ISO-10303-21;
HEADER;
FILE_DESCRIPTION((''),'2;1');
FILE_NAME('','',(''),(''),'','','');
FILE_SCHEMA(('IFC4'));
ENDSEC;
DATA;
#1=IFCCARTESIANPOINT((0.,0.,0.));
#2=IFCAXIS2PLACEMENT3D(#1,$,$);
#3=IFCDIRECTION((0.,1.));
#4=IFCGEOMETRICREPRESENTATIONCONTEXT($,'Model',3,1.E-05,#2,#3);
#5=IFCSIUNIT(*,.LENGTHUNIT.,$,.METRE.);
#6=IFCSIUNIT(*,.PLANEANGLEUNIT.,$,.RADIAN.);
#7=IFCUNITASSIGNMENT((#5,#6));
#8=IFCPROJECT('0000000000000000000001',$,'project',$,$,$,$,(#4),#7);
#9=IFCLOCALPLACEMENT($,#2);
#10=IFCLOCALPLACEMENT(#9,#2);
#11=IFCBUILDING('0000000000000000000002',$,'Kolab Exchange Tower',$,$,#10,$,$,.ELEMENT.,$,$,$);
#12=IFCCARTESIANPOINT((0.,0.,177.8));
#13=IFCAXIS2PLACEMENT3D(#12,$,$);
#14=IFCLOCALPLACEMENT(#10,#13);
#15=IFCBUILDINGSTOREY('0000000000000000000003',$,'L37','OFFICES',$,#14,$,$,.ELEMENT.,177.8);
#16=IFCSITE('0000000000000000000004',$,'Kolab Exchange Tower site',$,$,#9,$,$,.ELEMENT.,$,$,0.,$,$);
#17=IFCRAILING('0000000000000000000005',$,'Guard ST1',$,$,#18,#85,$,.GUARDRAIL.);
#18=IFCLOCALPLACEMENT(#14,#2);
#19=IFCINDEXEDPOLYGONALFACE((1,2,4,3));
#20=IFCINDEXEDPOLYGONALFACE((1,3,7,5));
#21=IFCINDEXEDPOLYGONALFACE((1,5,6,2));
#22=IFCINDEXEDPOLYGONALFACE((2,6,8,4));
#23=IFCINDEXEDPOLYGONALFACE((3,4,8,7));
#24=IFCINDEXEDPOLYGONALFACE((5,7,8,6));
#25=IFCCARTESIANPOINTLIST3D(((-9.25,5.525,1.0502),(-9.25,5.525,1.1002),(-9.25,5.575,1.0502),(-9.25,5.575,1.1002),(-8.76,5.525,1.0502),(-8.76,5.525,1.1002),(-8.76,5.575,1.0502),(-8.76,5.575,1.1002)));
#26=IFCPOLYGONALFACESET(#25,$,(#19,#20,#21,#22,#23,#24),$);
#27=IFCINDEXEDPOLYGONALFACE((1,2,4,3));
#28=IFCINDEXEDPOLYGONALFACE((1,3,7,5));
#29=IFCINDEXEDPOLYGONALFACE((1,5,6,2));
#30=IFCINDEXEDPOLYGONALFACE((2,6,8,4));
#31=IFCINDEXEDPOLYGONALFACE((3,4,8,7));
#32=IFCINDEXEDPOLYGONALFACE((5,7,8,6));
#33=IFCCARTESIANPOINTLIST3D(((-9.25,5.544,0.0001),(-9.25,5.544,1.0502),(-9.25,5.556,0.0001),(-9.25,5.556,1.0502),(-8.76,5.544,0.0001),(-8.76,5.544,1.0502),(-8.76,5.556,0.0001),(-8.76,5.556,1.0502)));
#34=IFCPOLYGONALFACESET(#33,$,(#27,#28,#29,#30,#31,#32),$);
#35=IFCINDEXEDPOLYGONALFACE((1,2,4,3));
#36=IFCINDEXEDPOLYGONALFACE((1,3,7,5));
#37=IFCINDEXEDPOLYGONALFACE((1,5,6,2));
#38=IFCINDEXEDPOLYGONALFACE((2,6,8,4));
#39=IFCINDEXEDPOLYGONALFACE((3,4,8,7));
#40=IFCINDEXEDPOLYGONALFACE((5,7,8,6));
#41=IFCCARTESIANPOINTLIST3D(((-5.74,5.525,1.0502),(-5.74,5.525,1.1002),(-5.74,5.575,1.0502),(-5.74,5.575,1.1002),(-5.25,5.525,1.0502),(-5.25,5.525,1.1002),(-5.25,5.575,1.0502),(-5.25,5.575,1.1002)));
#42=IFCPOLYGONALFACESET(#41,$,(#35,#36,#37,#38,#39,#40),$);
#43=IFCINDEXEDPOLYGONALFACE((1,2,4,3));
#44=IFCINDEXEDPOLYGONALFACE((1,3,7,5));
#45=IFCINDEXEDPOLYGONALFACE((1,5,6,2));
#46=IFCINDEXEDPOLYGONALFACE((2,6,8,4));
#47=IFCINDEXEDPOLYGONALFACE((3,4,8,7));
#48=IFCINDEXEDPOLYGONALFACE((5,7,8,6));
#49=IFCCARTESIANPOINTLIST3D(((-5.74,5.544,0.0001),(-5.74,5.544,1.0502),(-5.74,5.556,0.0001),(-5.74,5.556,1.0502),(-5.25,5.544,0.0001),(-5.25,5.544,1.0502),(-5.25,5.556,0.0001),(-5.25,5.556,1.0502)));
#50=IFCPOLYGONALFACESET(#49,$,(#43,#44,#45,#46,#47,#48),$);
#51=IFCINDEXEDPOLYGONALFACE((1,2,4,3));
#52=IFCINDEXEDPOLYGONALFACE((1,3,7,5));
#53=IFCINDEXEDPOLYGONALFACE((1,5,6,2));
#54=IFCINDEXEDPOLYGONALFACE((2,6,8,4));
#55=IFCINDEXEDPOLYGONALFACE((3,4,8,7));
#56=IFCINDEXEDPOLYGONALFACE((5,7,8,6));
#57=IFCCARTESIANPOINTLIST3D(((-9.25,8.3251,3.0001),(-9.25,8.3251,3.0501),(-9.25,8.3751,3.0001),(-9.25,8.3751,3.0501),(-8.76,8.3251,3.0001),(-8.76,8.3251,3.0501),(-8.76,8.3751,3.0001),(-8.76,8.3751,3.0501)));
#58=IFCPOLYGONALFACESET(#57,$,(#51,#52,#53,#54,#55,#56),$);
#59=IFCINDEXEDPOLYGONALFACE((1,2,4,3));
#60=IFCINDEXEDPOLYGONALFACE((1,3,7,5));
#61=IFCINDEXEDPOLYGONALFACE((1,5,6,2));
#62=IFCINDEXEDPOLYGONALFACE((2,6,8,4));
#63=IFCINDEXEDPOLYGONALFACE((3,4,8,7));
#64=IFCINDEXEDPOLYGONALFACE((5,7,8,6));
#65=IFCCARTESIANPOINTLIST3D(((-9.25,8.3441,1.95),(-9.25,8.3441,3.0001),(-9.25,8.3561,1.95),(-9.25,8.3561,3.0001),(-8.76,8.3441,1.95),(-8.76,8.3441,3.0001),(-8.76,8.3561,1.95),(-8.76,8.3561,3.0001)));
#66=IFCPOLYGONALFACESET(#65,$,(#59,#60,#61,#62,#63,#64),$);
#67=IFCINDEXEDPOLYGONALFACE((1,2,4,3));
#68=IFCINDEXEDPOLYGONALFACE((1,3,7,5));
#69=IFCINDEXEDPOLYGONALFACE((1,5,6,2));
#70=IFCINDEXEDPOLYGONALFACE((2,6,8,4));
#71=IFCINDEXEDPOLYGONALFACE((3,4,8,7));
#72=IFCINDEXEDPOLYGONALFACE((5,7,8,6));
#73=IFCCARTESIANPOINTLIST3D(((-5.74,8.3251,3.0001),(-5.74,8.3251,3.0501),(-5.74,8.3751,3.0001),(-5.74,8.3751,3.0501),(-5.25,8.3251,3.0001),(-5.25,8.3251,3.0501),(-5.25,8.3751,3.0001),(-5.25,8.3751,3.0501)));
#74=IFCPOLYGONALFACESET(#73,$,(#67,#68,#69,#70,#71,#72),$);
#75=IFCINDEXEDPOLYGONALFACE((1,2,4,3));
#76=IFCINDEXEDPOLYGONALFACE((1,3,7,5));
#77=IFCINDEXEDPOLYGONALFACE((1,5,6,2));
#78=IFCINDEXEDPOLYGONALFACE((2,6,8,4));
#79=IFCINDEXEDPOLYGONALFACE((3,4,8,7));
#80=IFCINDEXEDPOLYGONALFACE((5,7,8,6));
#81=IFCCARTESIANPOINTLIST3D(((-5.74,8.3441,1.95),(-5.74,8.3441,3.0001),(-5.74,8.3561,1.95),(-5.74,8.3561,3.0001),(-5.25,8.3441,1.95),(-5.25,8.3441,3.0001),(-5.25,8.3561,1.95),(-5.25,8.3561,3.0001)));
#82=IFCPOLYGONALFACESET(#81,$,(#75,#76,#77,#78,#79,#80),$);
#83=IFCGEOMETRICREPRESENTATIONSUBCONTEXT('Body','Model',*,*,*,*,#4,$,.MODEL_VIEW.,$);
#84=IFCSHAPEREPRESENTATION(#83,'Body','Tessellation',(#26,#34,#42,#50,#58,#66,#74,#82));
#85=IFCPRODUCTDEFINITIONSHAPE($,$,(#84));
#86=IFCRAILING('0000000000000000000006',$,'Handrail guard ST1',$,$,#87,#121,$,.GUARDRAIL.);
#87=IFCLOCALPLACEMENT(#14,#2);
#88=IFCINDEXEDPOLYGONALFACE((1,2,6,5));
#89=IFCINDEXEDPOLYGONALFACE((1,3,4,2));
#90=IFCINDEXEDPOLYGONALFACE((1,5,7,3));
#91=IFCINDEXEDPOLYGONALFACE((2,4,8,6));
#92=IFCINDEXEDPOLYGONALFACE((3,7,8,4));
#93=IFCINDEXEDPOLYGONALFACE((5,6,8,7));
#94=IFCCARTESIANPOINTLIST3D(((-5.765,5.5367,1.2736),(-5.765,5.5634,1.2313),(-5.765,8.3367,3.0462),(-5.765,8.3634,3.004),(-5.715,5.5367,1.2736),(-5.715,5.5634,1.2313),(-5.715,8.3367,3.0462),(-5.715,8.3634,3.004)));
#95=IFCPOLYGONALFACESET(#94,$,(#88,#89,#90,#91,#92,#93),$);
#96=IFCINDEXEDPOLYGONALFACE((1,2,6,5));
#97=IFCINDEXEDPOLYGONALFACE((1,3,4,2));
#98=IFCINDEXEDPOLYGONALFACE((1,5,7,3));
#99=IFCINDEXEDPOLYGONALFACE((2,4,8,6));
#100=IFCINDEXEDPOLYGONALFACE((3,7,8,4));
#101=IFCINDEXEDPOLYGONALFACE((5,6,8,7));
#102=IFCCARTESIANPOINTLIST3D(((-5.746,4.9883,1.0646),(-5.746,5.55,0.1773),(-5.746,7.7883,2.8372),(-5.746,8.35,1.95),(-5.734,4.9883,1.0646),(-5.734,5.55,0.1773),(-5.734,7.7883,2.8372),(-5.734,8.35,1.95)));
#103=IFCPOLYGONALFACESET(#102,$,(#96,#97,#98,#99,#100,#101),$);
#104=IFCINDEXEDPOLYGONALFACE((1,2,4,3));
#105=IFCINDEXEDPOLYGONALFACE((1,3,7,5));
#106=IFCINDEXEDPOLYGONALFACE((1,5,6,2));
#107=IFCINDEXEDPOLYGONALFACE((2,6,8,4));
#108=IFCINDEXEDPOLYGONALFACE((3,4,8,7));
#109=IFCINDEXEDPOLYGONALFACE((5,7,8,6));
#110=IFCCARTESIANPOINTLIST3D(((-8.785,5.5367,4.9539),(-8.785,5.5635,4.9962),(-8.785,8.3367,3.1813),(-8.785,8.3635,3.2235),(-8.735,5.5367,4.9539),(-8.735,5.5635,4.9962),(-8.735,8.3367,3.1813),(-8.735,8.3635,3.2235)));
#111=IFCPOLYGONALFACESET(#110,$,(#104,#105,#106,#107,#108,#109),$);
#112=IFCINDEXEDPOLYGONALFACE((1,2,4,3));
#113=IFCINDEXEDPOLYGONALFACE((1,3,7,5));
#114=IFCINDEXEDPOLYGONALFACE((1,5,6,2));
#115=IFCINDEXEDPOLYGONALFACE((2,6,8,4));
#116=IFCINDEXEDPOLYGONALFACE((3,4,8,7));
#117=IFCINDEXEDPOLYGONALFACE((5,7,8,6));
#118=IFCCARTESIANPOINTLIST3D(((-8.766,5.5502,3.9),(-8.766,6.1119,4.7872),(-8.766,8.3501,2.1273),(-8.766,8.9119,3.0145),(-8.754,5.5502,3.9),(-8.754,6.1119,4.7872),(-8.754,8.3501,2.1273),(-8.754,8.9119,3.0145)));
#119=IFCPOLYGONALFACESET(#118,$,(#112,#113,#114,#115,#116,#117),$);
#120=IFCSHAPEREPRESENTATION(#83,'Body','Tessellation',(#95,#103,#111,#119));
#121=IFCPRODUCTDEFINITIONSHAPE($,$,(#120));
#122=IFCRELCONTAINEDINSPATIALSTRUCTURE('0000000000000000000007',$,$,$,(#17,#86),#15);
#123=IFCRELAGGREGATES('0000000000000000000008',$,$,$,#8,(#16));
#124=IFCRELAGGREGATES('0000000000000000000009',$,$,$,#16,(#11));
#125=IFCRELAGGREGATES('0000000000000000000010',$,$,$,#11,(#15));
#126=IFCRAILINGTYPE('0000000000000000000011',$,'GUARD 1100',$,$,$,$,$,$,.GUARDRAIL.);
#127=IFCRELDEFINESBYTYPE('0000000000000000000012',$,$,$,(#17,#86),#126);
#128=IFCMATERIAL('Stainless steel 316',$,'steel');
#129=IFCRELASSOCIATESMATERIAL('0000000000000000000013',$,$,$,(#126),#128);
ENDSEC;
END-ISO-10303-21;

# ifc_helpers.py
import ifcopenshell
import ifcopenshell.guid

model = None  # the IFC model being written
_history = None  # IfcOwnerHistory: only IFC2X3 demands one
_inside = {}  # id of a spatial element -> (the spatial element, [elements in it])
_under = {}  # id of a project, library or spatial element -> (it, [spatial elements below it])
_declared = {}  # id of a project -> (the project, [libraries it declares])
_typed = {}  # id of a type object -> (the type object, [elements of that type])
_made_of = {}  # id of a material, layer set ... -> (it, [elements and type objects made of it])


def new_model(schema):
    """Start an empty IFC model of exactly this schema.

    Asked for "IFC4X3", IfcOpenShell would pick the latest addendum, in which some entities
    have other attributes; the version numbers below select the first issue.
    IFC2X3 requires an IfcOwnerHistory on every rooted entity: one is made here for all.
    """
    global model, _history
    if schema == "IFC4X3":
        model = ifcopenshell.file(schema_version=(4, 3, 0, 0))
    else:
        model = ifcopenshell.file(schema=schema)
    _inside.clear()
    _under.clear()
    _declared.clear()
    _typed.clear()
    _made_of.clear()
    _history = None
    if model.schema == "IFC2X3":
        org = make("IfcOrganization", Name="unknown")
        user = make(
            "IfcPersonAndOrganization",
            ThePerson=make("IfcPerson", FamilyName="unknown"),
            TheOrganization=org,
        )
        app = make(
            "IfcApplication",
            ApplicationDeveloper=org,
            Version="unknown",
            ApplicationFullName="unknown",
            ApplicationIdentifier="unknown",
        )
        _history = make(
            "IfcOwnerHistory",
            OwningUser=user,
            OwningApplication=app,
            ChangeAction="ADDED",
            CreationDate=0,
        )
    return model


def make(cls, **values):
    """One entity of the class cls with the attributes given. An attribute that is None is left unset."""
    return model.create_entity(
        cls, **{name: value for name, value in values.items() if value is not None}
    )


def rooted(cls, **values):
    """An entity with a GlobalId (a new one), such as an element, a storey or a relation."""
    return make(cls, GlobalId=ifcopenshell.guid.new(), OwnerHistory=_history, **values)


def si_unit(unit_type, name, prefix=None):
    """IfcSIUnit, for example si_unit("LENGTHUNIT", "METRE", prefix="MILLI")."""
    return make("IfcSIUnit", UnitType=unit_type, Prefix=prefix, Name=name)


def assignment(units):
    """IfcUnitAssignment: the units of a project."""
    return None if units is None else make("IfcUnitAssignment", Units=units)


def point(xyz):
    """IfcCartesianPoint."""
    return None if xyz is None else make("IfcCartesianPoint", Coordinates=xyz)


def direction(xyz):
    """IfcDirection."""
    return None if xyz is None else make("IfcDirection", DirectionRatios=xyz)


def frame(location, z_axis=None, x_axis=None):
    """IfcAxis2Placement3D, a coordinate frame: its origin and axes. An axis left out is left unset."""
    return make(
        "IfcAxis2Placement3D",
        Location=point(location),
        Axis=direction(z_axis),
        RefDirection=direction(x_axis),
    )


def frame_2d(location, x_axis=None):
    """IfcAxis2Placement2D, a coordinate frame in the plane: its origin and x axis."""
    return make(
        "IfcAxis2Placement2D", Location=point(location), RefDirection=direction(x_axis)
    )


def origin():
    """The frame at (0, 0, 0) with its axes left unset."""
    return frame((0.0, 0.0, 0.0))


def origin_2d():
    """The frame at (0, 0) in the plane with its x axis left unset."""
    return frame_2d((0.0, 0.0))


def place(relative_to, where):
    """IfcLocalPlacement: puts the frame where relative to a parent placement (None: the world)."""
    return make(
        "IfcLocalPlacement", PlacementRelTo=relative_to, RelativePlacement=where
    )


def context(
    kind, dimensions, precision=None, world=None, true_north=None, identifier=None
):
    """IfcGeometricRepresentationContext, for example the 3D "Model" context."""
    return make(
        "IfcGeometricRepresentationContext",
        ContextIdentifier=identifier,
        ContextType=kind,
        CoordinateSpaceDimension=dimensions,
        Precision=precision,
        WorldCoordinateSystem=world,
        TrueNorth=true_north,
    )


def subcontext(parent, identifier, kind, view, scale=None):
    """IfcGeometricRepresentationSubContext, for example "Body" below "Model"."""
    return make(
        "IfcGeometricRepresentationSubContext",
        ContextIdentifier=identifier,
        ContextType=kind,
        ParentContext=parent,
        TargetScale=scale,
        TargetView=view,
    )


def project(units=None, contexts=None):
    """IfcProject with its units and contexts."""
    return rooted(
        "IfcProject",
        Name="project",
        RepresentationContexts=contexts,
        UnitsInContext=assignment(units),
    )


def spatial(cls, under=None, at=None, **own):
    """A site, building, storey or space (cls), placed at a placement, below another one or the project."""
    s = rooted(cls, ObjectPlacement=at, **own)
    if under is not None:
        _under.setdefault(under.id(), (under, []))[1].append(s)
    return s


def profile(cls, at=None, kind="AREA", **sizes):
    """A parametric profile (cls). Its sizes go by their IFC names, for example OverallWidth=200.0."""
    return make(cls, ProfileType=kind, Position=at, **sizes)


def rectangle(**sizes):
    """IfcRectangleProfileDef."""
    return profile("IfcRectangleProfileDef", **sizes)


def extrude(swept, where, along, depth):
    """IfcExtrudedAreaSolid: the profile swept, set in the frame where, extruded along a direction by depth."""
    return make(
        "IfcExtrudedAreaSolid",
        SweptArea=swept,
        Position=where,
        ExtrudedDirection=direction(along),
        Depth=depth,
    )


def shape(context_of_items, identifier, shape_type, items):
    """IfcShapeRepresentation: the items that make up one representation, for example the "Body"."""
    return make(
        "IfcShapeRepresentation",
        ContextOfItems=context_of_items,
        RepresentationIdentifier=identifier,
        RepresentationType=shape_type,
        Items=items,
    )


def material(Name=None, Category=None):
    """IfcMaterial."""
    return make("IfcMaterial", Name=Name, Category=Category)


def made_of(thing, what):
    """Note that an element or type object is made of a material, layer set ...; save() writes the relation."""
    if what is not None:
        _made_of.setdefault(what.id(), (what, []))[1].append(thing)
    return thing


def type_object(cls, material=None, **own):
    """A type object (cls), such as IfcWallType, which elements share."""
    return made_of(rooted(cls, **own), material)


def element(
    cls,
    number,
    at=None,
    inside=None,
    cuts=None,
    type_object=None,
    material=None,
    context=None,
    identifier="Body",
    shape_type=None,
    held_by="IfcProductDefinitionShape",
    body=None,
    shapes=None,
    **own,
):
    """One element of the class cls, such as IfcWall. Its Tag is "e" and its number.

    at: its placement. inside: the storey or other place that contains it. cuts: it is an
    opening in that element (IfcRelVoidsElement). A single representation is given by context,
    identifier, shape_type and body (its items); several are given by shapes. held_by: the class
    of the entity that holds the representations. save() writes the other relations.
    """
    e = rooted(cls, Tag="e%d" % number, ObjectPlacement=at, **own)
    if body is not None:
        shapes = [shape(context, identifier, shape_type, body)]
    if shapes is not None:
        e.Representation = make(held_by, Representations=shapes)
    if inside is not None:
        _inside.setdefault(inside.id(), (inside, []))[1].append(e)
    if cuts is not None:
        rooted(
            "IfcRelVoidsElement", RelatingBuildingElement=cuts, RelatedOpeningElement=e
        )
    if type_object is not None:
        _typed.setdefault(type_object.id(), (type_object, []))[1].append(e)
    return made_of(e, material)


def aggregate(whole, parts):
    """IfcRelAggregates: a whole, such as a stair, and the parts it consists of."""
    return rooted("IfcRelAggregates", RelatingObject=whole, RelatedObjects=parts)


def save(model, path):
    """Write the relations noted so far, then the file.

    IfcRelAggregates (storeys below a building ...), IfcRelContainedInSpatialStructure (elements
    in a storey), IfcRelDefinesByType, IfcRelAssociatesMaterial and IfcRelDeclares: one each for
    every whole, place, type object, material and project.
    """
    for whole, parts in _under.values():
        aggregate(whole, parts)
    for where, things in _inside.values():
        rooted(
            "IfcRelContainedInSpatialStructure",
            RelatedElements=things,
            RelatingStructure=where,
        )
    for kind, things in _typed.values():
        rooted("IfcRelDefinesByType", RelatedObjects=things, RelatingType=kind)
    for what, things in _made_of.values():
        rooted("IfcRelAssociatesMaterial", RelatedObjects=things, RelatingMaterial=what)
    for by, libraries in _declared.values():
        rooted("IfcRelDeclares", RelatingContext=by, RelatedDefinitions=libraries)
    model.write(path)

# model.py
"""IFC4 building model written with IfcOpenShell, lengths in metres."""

from ifc_helpers import new_model, si_unit, direction, frame, frame_2d, origin, origin_2d, place, context, subcontext, project, spatial, rectangle, extrude, material, type_object, element, save


model = new_model("IFC4")

# Units and contexts
model_context = context("Model", 3, precision=1e-05, world=origin(), true_north=direction((0.0, 1.0)))
body_context = subcontext(model_context, "Body", "Model", "MODEL_VIEW")
ifc_project = project(units=[si_unit("LENGTHUNIT", "METRE"), si_unit("PLANEANGLEUNIT", "RADIAN")], contexts=[model_context])

# Site, building, storey
site_placement = place(None, origin())
site = spatial("IfcSite", under=ifc_project, at=site_placement, Name="Kolab Exchange Tower site", CompositionType="ELEMENT", RefElevation=0.0)
building_placement = place(site_placement, origin())
building = spatial("IfcBuilding", under=site, at=building_placement, Name="Kolab Exchange Tower", CompositionType="ELEMENT")
storey_placement = place(building_placement, frame((0.0, 0.0, 177.8)))
storey = spatial("IfcBuildingStorey", under=building, at=storey_placement, Name="L37", Description="OFFICES", CompositionType="ELEMENT", Elevation=177.8)

# Railings
ifc_material_1 = material(Name="Stainless steel 316", Category="steel")
railing_type = type_object("IfcRailingType", Name="GUARD 1100", PredefinedType="GUARDRAIL", material=ifc_material_1)
railing_1_placement = place(storey_placement, frame((-9.25, 5.55, 0.0)))
element("IfcRailing", 1, at=railing_1_placement, inside=storey, type_object=railing_type, Name="Guard ST1", PredefinedType="GUARDRAIL", context=body_context, shape_type="SweptSolid", body=[
    extrude(rectangle(XDim=0.05, YDim=0.05, at=origin_2d()), frame((0.0, 0.0, 1.0752), z_axis=(1.0, 0.0, 0.0), x_axis=(0.0, 1.0, 0.0)), (0.0, 0.0, 1.0), 0.49),
    extrude(rectangle(XDim=0.012, YDim=1.0501, at=frame_2d((0.0, 0.5251))), frame((0.0, 0.0, 0.0), z_axis=(1.0, 0.0, 0.0), x_axis=(0.0, 1.0, 0.0)), (0.0, 0.0, 1.0), 0.49),
    extrude(rectangle(XDim=0.05, YDim=0.05, at=origin_2d()), frame((3.51, 0.0, 1.0752), z_axis=(1.0, 0.0, 0.0), x_axis=(0.0, 1.0, 0.0)), (0.0, 0.0, 1.0), 0.49),
    extrude(rectangle(XDim=0.012, YDim=1.0501, at=frame_2d((0.0, 0.5251))), frame((3.51, 0.0, 0.0), z_axis=(1.0, 0.0, 0.0), x_axis=(0.0, 1.0, 0.0)), (0.0, 0.0, 1.0), 0.49),
    extrude(rectangle(XDim=0.05, YDim=0.05, at=origin_2d()), frame((0.0, 2.8, 3.0251), z_axis=(1.0, 0.0, 0.0), x_axis=(0.0, 1.0, 0.0)), (0.0, 0.0, 1.0), 0.49),
    extrude(rectangle(XDim=0.012, YDim=1.0501, at=frame_2d((0.0, 0.5251))), frame((0.0, 2.8, 1.95), z_axis=(1.0, 0.0, 0.0), x_axis=(0.0, 1.0, 0.0)), (0.0, 0.0, 1.0), 0.49),
    extrude(rectangle(XDim=0.05, YDim=0.05, at=origin_2d()), frame((3.51, 2.8, 3.0251), z_axis=(1.0, 0.0, 0.0), x_axis=(0.0, 1.0, 0.0)), (0.0, 0.0, 1.0), 0.49),
    extrude(rectangle(XDim=0.012, YDim=1.0501, at=frame_2d((0.0, 0.5251))), frame((3.51, 2.8, 1.95), z_axis=(1.0, 0.0, 0.0), x_axis=(0.0, 1.0, 0.0)), (0.0, 0.0, 1.0), 0.49),
])
railing_2_placement = place(storey_placement, frame((-5.74, 5.55, 0.1772)))
element("IfcRailing", 2, at=railing_2_placement, inside=storey, type_object=railing_type, Name="Handrail guard ST1", PredefinedType="GUARDRAIL", context=body_context, shape_type="SweptSolid", body=[
    extrude(rectangle(XDim=0.05, YDim=0.05, at=origin_2d()), frame((0.0, 0.0, 1.0752), z_axis=(0.0, 0.844909, 0.53491), x_axis=(-1.0, 0.0, 0.0)), (0.0, 0.0, 1.0), 3.314),
    extrude(rectangle(XDim=0.012, YDim=1.0501, at=frame_2d((0.0, 0.5251))), frame((0.0, 0.0, 0.0), z_axis=(0.0, 0.844909, 0.53491), x_axis=(-1.0, 0.0, 0.0)), (0.0, 0.0, 1.0), 3.314),
    extrude(rectangle(XDim=0.05, YDim=0.05, at=origin_2d()), frame((-3.02, 2.8, 3.0251), z_axis=(0.0, -0.844909, 0.53491), x_axis=(1.0, 0.0, 0.0)), (0.0, 0.0, 1.0), 3.314),
    extrude(rectangle(XDim=0.012, YDim=1.0501, at=frame_2d((0.0, 0.5251))), frame((-3.02, 2.8, 1.95), z_axis=(0.0, -0.844909, 0.53491), x_axis=(1.0, 0.0, 0.0)), (0.0, 0.0, 1.0), 3.314),
])

save(model, "model.ifc")
